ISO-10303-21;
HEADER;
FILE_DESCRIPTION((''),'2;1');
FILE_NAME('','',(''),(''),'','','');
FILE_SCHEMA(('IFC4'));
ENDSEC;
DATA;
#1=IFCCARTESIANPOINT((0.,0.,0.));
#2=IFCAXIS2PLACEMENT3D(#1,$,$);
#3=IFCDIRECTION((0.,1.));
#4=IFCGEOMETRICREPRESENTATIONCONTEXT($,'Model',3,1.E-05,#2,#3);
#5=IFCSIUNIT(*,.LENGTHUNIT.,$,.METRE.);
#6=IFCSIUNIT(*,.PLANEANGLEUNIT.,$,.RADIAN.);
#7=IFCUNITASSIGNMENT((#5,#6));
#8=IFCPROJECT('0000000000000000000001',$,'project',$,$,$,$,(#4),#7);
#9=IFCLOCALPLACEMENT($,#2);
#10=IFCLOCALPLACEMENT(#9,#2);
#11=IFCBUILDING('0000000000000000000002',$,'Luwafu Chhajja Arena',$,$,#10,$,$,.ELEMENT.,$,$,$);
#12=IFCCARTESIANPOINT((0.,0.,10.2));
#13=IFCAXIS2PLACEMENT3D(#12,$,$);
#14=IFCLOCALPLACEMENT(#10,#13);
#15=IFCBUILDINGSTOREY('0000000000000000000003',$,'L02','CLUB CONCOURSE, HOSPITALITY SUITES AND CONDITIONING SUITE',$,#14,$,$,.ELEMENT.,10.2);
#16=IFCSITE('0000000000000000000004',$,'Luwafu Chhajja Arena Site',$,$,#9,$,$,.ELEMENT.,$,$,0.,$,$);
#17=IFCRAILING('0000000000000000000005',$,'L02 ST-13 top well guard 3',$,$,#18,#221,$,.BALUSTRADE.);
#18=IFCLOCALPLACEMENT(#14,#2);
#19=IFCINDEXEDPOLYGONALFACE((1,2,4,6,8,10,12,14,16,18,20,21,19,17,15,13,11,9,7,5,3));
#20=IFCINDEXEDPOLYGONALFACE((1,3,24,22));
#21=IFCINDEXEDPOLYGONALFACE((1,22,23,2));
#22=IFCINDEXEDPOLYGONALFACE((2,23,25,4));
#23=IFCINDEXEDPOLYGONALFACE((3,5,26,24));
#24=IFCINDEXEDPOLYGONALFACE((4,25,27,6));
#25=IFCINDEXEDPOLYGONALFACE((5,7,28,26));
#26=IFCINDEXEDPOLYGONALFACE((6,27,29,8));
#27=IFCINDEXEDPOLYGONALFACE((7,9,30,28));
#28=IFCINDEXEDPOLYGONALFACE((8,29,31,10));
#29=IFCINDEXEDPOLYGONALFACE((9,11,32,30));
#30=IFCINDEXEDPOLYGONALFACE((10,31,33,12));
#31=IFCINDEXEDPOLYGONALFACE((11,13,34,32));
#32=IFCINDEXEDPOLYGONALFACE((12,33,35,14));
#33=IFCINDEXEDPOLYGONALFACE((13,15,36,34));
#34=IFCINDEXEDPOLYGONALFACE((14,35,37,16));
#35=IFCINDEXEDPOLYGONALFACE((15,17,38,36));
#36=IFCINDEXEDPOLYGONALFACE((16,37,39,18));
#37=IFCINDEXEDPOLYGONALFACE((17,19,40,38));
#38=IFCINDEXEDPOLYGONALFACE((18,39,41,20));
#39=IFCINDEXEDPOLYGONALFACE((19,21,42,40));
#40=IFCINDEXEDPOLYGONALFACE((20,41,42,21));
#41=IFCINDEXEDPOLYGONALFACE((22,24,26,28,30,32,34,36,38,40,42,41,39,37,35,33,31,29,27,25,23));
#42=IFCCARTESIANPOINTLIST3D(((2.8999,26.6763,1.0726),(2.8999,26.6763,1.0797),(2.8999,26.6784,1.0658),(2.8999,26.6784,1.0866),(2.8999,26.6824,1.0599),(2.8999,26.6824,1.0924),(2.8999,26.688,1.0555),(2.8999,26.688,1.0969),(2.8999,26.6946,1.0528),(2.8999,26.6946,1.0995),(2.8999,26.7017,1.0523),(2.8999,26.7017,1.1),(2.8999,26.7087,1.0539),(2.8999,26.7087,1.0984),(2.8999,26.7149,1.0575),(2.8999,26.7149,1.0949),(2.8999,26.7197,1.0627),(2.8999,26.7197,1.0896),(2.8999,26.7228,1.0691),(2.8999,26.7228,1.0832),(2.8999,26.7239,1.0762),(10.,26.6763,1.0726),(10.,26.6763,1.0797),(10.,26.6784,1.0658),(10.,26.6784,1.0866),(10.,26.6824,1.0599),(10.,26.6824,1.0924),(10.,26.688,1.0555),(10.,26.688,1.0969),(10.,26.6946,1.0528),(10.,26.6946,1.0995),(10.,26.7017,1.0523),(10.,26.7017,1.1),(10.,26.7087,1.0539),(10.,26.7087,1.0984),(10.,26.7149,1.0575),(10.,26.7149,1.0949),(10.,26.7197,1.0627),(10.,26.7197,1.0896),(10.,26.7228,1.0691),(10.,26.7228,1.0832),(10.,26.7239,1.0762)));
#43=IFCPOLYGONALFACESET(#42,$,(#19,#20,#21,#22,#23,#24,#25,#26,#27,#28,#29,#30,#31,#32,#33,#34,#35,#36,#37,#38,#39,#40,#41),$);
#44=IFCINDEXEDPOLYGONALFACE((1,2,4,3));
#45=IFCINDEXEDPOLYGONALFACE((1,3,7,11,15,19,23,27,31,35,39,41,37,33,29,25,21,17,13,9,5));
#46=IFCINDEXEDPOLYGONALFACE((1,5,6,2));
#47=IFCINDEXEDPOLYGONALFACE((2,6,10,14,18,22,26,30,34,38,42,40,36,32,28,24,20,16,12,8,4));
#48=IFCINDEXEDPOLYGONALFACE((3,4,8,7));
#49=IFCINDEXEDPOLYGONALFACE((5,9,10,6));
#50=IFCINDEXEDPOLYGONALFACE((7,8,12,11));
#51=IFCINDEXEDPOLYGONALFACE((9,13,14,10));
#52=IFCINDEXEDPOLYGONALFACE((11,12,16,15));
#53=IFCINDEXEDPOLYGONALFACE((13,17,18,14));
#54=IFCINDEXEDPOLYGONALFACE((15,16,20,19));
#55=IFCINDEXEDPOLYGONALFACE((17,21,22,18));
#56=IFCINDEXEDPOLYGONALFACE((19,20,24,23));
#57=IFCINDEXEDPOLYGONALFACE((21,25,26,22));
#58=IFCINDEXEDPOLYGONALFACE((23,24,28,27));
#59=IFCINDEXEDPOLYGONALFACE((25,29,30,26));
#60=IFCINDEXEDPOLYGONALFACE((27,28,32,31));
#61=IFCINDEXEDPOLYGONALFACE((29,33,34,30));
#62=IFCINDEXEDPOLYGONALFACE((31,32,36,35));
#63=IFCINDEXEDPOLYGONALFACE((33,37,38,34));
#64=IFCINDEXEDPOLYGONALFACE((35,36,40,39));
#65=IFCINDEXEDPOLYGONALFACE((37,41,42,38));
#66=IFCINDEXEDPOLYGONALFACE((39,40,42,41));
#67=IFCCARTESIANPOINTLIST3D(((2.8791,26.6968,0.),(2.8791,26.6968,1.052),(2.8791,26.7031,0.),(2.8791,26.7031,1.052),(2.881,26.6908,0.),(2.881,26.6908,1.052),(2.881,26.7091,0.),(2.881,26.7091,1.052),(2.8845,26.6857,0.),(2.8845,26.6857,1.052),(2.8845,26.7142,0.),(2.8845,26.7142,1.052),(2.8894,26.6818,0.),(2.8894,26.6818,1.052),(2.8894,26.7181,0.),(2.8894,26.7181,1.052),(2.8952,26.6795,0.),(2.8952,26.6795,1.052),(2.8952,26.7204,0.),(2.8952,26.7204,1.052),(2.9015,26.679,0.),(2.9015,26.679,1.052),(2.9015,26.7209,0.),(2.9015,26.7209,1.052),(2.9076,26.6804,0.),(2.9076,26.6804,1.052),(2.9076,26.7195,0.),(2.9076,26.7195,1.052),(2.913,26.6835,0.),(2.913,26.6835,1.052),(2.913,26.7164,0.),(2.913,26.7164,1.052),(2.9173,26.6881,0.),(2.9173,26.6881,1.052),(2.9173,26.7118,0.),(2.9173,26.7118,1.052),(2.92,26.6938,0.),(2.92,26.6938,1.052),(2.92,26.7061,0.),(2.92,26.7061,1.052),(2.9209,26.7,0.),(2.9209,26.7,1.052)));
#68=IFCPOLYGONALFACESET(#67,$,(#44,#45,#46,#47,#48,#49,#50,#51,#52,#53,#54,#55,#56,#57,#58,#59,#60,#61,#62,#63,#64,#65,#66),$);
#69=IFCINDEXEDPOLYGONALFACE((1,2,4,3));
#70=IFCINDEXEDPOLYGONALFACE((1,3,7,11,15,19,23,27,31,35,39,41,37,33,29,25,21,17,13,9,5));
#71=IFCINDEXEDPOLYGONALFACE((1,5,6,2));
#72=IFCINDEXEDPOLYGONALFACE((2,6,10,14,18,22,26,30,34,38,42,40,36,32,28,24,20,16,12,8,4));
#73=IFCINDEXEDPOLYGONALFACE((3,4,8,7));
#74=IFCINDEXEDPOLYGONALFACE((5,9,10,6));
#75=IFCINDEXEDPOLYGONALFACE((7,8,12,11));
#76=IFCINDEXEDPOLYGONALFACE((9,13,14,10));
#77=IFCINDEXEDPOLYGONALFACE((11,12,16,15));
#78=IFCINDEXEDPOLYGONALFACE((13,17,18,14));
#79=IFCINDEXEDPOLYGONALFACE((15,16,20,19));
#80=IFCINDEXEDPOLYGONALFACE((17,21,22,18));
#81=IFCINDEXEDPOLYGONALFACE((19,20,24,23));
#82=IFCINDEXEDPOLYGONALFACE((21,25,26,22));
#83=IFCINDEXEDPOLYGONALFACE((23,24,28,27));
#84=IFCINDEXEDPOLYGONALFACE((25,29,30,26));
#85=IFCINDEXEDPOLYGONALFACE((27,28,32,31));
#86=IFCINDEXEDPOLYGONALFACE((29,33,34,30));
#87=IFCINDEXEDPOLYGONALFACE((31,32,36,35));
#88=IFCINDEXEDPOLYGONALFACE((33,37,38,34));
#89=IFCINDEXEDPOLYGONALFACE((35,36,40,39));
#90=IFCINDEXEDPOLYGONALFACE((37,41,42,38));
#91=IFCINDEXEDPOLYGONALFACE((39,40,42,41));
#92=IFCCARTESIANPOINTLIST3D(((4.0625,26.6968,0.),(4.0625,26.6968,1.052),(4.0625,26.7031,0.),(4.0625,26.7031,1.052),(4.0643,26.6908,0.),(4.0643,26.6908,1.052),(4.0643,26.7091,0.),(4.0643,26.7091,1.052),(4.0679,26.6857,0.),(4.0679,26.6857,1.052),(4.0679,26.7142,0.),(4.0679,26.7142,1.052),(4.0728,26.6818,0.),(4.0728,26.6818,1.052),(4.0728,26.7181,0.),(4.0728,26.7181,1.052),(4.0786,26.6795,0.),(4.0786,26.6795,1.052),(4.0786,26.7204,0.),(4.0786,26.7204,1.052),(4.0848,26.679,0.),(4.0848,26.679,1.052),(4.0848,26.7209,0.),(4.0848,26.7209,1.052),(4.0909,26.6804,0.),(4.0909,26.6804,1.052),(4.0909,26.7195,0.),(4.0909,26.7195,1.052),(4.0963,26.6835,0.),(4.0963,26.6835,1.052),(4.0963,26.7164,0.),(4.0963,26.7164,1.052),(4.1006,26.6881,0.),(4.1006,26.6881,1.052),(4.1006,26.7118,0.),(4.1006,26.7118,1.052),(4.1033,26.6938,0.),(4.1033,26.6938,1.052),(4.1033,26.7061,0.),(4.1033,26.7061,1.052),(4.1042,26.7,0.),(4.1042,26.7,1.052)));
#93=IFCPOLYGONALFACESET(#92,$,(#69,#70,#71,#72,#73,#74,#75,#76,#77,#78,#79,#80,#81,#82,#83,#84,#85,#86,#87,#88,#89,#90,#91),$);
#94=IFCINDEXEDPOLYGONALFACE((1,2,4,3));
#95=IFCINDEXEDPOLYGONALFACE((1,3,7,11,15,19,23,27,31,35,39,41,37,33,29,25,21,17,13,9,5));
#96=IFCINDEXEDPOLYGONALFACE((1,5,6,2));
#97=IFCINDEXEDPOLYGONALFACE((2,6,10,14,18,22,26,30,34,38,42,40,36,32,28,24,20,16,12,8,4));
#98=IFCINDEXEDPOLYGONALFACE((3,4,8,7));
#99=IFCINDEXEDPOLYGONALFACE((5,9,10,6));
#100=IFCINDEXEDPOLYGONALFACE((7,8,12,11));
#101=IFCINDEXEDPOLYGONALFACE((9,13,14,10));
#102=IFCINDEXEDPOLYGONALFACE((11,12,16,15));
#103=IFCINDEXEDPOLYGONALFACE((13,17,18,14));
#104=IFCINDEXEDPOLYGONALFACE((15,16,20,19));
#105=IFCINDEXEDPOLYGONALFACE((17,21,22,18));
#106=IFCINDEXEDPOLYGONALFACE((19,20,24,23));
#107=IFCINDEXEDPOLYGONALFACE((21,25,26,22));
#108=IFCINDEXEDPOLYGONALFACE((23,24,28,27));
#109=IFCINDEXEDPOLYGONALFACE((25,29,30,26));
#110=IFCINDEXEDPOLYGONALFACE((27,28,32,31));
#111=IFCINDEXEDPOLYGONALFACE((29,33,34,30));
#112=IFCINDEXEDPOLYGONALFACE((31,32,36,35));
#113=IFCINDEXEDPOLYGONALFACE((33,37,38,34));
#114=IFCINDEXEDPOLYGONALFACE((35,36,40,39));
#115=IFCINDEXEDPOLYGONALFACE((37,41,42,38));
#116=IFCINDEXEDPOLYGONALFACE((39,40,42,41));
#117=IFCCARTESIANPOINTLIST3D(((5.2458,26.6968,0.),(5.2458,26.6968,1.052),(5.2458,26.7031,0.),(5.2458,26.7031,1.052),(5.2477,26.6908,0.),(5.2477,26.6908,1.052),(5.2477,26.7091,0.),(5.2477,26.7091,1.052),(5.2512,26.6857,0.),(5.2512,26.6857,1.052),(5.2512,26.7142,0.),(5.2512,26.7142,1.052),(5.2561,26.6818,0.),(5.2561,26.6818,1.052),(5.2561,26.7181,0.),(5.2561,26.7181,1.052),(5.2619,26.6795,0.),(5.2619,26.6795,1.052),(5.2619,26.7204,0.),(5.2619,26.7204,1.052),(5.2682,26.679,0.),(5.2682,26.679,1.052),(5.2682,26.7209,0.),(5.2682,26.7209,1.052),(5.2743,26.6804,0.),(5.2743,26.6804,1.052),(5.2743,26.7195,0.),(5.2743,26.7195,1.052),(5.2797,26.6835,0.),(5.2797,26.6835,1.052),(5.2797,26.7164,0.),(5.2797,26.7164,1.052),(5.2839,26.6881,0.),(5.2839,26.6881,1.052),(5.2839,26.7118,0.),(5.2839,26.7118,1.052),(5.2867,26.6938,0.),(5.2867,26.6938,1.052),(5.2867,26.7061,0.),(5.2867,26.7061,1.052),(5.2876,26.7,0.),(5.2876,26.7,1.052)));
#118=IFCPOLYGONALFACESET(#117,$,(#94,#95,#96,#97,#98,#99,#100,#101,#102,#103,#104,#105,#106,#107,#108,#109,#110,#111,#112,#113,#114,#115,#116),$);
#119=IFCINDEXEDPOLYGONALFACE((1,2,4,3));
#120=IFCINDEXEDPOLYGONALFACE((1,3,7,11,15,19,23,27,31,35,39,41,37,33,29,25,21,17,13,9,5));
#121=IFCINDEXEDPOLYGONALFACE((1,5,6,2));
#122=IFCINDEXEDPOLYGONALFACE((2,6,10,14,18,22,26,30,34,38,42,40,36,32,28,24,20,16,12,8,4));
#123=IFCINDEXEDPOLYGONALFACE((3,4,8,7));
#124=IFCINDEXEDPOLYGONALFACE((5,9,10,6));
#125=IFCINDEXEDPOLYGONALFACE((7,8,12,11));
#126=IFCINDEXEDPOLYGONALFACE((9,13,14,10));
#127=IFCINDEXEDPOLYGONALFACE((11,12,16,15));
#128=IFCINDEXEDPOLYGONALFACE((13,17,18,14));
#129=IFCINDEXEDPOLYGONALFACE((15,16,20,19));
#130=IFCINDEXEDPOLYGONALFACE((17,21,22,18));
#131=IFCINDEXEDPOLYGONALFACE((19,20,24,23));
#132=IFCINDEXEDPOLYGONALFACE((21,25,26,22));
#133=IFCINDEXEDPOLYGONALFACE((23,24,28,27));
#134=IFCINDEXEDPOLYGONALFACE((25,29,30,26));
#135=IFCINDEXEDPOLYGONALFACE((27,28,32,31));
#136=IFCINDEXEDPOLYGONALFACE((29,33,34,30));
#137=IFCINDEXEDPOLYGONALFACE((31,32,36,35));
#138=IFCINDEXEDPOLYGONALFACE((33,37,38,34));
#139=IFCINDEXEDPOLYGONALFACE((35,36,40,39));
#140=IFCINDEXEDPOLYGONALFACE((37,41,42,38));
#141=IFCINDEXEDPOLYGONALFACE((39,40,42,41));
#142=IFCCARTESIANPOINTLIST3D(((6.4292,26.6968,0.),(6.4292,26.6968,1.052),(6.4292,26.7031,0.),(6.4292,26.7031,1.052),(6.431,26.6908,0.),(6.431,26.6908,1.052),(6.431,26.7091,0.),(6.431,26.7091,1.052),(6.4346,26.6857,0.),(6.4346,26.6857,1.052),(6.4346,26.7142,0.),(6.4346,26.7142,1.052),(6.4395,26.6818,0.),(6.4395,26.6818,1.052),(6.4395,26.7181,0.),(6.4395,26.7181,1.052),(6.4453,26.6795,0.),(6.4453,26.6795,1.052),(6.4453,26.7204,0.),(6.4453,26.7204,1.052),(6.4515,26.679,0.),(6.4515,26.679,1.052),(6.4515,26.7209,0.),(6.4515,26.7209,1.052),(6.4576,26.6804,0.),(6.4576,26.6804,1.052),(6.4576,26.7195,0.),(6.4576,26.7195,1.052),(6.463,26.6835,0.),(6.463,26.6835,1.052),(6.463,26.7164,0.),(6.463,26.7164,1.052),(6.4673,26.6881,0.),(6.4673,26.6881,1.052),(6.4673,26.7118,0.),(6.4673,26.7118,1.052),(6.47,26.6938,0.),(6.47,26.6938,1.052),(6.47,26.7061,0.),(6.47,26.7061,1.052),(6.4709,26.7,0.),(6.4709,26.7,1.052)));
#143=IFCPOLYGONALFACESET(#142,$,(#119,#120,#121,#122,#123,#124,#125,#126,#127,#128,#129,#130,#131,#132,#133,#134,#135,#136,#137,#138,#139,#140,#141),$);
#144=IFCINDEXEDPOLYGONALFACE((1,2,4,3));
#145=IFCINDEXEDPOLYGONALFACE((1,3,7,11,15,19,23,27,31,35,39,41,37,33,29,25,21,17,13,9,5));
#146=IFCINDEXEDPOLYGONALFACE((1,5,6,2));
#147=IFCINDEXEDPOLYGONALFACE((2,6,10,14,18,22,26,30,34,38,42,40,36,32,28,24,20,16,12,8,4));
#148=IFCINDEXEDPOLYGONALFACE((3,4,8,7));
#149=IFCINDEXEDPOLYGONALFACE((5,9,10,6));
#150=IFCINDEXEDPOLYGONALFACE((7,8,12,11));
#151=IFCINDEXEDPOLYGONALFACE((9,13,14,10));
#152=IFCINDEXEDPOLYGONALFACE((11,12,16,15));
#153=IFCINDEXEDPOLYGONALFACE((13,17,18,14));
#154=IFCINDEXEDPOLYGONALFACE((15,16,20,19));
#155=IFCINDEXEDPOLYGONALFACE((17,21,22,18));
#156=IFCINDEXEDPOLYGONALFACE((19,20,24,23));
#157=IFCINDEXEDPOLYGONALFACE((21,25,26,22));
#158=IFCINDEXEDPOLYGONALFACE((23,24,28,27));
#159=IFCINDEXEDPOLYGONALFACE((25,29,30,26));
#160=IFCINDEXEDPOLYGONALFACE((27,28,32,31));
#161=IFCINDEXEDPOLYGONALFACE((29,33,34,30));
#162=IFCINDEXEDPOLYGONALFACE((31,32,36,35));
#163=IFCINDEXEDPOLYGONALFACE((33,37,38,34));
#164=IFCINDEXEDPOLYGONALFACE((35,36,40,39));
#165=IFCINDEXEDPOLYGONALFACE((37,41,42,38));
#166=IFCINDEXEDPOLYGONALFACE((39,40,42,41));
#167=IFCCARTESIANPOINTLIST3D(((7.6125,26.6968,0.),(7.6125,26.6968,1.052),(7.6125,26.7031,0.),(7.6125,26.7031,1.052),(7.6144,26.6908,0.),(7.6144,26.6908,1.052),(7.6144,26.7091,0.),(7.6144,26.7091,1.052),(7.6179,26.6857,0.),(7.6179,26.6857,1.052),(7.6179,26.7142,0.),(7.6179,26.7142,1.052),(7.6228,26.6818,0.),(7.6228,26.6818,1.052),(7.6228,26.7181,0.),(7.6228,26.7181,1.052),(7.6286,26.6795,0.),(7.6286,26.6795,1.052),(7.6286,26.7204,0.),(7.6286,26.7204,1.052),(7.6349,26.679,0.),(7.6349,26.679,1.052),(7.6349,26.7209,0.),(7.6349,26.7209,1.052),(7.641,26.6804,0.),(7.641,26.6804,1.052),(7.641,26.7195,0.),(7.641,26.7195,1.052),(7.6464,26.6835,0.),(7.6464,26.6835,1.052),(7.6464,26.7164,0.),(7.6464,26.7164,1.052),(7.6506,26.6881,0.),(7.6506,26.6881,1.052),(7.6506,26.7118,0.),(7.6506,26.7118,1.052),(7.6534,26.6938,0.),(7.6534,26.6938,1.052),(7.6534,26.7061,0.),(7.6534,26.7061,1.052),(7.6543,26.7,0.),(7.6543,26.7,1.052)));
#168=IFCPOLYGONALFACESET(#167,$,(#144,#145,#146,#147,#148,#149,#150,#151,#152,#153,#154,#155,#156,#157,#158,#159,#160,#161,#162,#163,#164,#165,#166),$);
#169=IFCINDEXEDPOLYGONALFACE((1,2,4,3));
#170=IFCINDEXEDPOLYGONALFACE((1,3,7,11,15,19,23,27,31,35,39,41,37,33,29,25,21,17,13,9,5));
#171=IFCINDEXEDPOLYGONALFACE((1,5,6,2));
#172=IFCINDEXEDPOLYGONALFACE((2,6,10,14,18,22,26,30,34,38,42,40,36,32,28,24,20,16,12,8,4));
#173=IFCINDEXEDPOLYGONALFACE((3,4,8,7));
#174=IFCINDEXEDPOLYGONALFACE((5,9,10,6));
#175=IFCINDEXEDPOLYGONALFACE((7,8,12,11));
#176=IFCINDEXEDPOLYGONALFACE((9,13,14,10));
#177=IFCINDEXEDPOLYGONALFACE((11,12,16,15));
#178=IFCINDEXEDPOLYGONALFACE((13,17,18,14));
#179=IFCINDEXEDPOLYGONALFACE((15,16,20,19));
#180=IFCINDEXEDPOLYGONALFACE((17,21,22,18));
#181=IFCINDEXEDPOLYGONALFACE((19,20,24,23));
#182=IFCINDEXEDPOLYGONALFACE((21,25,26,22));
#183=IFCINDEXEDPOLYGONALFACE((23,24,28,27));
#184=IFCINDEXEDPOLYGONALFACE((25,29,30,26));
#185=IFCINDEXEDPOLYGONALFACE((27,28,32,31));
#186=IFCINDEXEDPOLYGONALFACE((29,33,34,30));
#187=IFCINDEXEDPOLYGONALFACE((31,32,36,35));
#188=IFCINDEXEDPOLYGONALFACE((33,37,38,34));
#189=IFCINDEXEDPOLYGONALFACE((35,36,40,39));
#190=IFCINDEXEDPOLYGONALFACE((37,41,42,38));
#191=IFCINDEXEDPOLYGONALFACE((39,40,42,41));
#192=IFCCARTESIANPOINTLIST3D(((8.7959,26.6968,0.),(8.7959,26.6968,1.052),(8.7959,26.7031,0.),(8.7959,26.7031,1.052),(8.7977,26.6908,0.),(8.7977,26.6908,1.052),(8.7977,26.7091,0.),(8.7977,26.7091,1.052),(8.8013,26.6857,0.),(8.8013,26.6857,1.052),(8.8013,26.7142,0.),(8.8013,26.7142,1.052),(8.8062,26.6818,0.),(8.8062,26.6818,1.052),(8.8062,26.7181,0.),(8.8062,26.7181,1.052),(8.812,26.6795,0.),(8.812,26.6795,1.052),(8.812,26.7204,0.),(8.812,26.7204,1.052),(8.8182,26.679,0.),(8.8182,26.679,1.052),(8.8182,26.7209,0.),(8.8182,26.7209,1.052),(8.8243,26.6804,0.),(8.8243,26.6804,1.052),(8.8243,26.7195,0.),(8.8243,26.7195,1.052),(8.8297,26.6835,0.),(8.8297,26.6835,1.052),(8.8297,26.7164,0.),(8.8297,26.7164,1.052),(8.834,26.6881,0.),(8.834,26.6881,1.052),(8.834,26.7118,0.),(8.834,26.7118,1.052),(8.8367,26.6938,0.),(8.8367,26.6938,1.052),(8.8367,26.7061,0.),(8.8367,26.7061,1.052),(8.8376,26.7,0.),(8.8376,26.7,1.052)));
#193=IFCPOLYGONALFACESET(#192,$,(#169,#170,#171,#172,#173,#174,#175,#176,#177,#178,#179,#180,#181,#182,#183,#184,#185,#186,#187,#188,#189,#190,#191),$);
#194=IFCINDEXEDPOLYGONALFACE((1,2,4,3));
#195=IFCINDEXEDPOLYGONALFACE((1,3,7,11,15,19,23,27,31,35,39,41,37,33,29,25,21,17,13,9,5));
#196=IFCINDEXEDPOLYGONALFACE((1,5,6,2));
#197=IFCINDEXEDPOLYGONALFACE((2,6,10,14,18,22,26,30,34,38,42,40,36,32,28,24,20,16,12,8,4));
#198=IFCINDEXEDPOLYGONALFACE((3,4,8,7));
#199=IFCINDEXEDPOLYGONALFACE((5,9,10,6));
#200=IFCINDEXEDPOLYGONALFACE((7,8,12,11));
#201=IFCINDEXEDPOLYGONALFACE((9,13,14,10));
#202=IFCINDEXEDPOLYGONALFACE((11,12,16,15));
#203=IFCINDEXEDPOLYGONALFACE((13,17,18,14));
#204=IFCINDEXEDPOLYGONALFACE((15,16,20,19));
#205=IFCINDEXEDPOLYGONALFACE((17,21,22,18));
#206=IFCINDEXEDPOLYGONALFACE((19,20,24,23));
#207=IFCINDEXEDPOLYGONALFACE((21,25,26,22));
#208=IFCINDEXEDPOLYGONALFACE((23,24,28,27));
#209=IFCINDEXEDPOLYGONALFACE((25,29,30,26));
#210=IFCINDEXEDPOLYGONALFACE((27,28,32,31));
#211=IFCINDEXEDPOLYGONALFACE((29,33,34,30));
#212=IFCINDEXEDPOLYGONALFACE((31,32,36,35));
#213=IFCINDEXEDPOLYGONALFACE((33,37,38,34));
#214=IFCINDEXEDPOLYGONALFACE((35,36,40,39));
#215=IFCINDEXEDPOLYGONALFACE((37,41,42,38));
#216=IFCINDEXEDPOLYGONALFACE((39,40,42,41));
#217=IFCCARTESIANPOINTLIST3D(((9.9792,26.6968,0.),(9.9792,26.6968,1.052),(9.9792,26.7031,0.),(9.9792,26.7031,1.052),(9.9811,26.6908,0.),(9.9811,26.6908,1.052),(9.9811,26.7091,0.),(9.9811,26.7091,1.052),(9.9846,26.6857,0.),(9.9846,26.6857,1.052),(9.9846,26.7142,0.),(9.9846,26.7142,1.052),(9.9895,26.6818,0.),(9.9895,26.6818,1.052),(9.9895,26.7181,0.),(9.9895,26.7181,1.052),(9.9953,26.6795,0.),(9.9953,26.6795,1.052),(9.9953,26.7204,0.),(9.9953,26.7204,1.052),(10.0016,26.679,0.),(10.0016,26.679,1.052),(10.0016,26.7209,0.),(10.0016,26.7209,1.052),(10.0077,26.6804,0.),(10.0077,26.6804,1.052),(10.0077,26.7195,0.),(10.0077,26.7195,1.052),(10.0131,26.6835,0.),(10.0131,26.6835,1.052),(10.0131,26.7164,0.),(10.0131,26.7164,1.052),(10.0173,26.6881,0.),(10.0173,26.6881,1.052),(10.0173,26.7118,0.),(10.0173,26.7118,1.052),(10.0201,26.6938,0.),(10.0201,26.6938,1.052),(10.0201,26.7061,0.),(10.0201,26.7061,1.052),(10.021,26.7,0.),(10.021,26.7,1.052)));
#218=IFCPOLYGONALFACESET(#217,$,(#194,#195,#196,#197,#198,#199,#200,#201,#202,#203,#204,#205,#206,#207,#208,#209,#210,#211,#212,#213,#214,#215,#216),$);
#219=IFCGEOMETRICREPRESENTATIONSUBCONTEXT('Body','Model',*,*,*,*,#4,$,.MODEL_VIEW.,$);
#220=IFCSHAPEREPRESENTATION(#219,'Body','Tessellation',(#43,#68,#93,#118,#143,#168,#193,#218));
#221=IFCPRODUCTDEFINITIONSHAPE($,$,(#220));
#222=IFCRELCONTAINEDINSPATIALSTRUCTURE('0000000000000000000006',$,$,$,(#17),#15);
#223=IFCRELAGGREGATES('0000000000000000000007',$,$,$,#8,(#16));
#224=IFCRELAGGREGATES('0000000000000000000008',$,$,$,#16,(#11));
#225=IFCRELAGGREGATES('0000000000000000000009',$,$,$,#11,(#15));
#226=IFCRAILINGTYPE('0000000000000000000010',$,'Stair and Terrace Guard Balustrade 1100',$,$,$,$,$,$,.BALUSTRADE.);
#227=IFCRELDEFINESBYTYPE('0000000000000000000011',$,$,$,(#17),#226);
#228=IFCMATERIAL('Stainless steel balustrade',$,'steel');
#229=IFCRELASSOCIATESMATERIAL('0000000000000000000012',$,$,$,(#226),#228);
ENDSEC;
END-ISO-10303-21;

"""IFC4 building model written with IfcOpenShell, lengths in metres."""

from ifc_helpers import new_model, si_unit, direction, frame, origin, origin_2d, place, context, subcontext, project, spatial, circle, extrude, material, type_object, element, save


model = new_model("IFC4")

# Units and contexts
model_context = context("Model", 3, precision=1e-05, world=origin(), true_north=direction((0.0, 1.0)))
body_context = subcontext(model_context, "Body", "Model", "MODEL_VIEW")
ifc_project = project(units=[si_unit("LENGTHUNIT", "METRE"), si_unit("PLANEANGLEUNIT", "RADIAN")], contexts=[model_context])

# Site, building, storey
site_placement = place(None, origin())
site = spatial("IfcSite", under=ifc_project, at=site_placement, Name="Luwafu Chhajja Arena Site", CompositionType="ELEMENT", RefElevation=0.0)
building_placement = place(site_placement, origin())
building = spatial("IfcBuilding", under=site, at=building_placement, Name="Luwafu Chhajja Arena", CompositionType="ELEMENT")
storey_placement = place(building_placement, frame((0.0, 0.0, 10.2)))
storey = spatial("IfcBuildingStorey", under=building, at=storey_placement, Name="L02", Description="CLUB CONCOURSE, HOSPITALITY SUITES AND CONDITIONING SUITE", CompositionType="ELEMENT", Elevation=10.2)

# Railing
ifc_material_1 = material(Name="Stainless steel balustrade", Category="steel")
railing_type = type_object("IfcRailingType", Name="Stair and Terrace Guard Balustrade 1100", PredefinedType="BALUSTRADE", material=ifc_material_1)
railing_1_placement = place(storey_placement, frame((2.8999, 26.7, 0.0)))
element("IfcRailing", 1, at=railing_1_placement, inside=storey, type_object=railing_type, Name="L02 ST-13 top well guard 3", PredefinedType="BALUSTRADE", context=body_context, shape_type="SweptSolid", body=[
    extrude(circle(Radius=0.0239, at=origin_2d()), frame((0.0, 0.0, 1.0762), z_axis=(1.0, 0.0, 0.0), x_axis=(0.0, 1.0, 0.0)), (0.0, 0.0, 1.0), 7.1001),
    extrude(circle(Radius=0.021, at=origin_2d()), origin(), (0.0, 0.0, 1.0), 1.052),
    extrude(circle(Radius=0.021, at=origin_2d()), frame((1.1833, 0.0, 0.0)), (0.0, 0.0, 1.0), 1.052),
    extrude(circle(Radius=0.021, at=origin_2d()), frame((2.3667, 0.0, 0.0)), (0.0, 0.0, 1.0), 1.052),
    extrude(circle(Radius=0.021, at=origin_2d()), frame((3.55, 0.0, 0.0)), (0.0, 0.0, 1.0), 1.052),
    extrude(circle(Radius=0.021, at=origin_2d()), frame((4.7334, 0.0, 0.0)), (0.0, 0.0, 1.0), 1.052),
    extrude(circle(Radius=0.021, at=origin_2d()), frame((5.9167, 0.0, 0.0)), (0.0, 0.0, 1.0), 1.052),
    extrude(circle(Radius=0.021, at=origin_2d()), frame((7.1001, 0.0, 0.0)), (0.0, 0.0, 1.0), 1.052),
])

save(model, "model.ifc")
